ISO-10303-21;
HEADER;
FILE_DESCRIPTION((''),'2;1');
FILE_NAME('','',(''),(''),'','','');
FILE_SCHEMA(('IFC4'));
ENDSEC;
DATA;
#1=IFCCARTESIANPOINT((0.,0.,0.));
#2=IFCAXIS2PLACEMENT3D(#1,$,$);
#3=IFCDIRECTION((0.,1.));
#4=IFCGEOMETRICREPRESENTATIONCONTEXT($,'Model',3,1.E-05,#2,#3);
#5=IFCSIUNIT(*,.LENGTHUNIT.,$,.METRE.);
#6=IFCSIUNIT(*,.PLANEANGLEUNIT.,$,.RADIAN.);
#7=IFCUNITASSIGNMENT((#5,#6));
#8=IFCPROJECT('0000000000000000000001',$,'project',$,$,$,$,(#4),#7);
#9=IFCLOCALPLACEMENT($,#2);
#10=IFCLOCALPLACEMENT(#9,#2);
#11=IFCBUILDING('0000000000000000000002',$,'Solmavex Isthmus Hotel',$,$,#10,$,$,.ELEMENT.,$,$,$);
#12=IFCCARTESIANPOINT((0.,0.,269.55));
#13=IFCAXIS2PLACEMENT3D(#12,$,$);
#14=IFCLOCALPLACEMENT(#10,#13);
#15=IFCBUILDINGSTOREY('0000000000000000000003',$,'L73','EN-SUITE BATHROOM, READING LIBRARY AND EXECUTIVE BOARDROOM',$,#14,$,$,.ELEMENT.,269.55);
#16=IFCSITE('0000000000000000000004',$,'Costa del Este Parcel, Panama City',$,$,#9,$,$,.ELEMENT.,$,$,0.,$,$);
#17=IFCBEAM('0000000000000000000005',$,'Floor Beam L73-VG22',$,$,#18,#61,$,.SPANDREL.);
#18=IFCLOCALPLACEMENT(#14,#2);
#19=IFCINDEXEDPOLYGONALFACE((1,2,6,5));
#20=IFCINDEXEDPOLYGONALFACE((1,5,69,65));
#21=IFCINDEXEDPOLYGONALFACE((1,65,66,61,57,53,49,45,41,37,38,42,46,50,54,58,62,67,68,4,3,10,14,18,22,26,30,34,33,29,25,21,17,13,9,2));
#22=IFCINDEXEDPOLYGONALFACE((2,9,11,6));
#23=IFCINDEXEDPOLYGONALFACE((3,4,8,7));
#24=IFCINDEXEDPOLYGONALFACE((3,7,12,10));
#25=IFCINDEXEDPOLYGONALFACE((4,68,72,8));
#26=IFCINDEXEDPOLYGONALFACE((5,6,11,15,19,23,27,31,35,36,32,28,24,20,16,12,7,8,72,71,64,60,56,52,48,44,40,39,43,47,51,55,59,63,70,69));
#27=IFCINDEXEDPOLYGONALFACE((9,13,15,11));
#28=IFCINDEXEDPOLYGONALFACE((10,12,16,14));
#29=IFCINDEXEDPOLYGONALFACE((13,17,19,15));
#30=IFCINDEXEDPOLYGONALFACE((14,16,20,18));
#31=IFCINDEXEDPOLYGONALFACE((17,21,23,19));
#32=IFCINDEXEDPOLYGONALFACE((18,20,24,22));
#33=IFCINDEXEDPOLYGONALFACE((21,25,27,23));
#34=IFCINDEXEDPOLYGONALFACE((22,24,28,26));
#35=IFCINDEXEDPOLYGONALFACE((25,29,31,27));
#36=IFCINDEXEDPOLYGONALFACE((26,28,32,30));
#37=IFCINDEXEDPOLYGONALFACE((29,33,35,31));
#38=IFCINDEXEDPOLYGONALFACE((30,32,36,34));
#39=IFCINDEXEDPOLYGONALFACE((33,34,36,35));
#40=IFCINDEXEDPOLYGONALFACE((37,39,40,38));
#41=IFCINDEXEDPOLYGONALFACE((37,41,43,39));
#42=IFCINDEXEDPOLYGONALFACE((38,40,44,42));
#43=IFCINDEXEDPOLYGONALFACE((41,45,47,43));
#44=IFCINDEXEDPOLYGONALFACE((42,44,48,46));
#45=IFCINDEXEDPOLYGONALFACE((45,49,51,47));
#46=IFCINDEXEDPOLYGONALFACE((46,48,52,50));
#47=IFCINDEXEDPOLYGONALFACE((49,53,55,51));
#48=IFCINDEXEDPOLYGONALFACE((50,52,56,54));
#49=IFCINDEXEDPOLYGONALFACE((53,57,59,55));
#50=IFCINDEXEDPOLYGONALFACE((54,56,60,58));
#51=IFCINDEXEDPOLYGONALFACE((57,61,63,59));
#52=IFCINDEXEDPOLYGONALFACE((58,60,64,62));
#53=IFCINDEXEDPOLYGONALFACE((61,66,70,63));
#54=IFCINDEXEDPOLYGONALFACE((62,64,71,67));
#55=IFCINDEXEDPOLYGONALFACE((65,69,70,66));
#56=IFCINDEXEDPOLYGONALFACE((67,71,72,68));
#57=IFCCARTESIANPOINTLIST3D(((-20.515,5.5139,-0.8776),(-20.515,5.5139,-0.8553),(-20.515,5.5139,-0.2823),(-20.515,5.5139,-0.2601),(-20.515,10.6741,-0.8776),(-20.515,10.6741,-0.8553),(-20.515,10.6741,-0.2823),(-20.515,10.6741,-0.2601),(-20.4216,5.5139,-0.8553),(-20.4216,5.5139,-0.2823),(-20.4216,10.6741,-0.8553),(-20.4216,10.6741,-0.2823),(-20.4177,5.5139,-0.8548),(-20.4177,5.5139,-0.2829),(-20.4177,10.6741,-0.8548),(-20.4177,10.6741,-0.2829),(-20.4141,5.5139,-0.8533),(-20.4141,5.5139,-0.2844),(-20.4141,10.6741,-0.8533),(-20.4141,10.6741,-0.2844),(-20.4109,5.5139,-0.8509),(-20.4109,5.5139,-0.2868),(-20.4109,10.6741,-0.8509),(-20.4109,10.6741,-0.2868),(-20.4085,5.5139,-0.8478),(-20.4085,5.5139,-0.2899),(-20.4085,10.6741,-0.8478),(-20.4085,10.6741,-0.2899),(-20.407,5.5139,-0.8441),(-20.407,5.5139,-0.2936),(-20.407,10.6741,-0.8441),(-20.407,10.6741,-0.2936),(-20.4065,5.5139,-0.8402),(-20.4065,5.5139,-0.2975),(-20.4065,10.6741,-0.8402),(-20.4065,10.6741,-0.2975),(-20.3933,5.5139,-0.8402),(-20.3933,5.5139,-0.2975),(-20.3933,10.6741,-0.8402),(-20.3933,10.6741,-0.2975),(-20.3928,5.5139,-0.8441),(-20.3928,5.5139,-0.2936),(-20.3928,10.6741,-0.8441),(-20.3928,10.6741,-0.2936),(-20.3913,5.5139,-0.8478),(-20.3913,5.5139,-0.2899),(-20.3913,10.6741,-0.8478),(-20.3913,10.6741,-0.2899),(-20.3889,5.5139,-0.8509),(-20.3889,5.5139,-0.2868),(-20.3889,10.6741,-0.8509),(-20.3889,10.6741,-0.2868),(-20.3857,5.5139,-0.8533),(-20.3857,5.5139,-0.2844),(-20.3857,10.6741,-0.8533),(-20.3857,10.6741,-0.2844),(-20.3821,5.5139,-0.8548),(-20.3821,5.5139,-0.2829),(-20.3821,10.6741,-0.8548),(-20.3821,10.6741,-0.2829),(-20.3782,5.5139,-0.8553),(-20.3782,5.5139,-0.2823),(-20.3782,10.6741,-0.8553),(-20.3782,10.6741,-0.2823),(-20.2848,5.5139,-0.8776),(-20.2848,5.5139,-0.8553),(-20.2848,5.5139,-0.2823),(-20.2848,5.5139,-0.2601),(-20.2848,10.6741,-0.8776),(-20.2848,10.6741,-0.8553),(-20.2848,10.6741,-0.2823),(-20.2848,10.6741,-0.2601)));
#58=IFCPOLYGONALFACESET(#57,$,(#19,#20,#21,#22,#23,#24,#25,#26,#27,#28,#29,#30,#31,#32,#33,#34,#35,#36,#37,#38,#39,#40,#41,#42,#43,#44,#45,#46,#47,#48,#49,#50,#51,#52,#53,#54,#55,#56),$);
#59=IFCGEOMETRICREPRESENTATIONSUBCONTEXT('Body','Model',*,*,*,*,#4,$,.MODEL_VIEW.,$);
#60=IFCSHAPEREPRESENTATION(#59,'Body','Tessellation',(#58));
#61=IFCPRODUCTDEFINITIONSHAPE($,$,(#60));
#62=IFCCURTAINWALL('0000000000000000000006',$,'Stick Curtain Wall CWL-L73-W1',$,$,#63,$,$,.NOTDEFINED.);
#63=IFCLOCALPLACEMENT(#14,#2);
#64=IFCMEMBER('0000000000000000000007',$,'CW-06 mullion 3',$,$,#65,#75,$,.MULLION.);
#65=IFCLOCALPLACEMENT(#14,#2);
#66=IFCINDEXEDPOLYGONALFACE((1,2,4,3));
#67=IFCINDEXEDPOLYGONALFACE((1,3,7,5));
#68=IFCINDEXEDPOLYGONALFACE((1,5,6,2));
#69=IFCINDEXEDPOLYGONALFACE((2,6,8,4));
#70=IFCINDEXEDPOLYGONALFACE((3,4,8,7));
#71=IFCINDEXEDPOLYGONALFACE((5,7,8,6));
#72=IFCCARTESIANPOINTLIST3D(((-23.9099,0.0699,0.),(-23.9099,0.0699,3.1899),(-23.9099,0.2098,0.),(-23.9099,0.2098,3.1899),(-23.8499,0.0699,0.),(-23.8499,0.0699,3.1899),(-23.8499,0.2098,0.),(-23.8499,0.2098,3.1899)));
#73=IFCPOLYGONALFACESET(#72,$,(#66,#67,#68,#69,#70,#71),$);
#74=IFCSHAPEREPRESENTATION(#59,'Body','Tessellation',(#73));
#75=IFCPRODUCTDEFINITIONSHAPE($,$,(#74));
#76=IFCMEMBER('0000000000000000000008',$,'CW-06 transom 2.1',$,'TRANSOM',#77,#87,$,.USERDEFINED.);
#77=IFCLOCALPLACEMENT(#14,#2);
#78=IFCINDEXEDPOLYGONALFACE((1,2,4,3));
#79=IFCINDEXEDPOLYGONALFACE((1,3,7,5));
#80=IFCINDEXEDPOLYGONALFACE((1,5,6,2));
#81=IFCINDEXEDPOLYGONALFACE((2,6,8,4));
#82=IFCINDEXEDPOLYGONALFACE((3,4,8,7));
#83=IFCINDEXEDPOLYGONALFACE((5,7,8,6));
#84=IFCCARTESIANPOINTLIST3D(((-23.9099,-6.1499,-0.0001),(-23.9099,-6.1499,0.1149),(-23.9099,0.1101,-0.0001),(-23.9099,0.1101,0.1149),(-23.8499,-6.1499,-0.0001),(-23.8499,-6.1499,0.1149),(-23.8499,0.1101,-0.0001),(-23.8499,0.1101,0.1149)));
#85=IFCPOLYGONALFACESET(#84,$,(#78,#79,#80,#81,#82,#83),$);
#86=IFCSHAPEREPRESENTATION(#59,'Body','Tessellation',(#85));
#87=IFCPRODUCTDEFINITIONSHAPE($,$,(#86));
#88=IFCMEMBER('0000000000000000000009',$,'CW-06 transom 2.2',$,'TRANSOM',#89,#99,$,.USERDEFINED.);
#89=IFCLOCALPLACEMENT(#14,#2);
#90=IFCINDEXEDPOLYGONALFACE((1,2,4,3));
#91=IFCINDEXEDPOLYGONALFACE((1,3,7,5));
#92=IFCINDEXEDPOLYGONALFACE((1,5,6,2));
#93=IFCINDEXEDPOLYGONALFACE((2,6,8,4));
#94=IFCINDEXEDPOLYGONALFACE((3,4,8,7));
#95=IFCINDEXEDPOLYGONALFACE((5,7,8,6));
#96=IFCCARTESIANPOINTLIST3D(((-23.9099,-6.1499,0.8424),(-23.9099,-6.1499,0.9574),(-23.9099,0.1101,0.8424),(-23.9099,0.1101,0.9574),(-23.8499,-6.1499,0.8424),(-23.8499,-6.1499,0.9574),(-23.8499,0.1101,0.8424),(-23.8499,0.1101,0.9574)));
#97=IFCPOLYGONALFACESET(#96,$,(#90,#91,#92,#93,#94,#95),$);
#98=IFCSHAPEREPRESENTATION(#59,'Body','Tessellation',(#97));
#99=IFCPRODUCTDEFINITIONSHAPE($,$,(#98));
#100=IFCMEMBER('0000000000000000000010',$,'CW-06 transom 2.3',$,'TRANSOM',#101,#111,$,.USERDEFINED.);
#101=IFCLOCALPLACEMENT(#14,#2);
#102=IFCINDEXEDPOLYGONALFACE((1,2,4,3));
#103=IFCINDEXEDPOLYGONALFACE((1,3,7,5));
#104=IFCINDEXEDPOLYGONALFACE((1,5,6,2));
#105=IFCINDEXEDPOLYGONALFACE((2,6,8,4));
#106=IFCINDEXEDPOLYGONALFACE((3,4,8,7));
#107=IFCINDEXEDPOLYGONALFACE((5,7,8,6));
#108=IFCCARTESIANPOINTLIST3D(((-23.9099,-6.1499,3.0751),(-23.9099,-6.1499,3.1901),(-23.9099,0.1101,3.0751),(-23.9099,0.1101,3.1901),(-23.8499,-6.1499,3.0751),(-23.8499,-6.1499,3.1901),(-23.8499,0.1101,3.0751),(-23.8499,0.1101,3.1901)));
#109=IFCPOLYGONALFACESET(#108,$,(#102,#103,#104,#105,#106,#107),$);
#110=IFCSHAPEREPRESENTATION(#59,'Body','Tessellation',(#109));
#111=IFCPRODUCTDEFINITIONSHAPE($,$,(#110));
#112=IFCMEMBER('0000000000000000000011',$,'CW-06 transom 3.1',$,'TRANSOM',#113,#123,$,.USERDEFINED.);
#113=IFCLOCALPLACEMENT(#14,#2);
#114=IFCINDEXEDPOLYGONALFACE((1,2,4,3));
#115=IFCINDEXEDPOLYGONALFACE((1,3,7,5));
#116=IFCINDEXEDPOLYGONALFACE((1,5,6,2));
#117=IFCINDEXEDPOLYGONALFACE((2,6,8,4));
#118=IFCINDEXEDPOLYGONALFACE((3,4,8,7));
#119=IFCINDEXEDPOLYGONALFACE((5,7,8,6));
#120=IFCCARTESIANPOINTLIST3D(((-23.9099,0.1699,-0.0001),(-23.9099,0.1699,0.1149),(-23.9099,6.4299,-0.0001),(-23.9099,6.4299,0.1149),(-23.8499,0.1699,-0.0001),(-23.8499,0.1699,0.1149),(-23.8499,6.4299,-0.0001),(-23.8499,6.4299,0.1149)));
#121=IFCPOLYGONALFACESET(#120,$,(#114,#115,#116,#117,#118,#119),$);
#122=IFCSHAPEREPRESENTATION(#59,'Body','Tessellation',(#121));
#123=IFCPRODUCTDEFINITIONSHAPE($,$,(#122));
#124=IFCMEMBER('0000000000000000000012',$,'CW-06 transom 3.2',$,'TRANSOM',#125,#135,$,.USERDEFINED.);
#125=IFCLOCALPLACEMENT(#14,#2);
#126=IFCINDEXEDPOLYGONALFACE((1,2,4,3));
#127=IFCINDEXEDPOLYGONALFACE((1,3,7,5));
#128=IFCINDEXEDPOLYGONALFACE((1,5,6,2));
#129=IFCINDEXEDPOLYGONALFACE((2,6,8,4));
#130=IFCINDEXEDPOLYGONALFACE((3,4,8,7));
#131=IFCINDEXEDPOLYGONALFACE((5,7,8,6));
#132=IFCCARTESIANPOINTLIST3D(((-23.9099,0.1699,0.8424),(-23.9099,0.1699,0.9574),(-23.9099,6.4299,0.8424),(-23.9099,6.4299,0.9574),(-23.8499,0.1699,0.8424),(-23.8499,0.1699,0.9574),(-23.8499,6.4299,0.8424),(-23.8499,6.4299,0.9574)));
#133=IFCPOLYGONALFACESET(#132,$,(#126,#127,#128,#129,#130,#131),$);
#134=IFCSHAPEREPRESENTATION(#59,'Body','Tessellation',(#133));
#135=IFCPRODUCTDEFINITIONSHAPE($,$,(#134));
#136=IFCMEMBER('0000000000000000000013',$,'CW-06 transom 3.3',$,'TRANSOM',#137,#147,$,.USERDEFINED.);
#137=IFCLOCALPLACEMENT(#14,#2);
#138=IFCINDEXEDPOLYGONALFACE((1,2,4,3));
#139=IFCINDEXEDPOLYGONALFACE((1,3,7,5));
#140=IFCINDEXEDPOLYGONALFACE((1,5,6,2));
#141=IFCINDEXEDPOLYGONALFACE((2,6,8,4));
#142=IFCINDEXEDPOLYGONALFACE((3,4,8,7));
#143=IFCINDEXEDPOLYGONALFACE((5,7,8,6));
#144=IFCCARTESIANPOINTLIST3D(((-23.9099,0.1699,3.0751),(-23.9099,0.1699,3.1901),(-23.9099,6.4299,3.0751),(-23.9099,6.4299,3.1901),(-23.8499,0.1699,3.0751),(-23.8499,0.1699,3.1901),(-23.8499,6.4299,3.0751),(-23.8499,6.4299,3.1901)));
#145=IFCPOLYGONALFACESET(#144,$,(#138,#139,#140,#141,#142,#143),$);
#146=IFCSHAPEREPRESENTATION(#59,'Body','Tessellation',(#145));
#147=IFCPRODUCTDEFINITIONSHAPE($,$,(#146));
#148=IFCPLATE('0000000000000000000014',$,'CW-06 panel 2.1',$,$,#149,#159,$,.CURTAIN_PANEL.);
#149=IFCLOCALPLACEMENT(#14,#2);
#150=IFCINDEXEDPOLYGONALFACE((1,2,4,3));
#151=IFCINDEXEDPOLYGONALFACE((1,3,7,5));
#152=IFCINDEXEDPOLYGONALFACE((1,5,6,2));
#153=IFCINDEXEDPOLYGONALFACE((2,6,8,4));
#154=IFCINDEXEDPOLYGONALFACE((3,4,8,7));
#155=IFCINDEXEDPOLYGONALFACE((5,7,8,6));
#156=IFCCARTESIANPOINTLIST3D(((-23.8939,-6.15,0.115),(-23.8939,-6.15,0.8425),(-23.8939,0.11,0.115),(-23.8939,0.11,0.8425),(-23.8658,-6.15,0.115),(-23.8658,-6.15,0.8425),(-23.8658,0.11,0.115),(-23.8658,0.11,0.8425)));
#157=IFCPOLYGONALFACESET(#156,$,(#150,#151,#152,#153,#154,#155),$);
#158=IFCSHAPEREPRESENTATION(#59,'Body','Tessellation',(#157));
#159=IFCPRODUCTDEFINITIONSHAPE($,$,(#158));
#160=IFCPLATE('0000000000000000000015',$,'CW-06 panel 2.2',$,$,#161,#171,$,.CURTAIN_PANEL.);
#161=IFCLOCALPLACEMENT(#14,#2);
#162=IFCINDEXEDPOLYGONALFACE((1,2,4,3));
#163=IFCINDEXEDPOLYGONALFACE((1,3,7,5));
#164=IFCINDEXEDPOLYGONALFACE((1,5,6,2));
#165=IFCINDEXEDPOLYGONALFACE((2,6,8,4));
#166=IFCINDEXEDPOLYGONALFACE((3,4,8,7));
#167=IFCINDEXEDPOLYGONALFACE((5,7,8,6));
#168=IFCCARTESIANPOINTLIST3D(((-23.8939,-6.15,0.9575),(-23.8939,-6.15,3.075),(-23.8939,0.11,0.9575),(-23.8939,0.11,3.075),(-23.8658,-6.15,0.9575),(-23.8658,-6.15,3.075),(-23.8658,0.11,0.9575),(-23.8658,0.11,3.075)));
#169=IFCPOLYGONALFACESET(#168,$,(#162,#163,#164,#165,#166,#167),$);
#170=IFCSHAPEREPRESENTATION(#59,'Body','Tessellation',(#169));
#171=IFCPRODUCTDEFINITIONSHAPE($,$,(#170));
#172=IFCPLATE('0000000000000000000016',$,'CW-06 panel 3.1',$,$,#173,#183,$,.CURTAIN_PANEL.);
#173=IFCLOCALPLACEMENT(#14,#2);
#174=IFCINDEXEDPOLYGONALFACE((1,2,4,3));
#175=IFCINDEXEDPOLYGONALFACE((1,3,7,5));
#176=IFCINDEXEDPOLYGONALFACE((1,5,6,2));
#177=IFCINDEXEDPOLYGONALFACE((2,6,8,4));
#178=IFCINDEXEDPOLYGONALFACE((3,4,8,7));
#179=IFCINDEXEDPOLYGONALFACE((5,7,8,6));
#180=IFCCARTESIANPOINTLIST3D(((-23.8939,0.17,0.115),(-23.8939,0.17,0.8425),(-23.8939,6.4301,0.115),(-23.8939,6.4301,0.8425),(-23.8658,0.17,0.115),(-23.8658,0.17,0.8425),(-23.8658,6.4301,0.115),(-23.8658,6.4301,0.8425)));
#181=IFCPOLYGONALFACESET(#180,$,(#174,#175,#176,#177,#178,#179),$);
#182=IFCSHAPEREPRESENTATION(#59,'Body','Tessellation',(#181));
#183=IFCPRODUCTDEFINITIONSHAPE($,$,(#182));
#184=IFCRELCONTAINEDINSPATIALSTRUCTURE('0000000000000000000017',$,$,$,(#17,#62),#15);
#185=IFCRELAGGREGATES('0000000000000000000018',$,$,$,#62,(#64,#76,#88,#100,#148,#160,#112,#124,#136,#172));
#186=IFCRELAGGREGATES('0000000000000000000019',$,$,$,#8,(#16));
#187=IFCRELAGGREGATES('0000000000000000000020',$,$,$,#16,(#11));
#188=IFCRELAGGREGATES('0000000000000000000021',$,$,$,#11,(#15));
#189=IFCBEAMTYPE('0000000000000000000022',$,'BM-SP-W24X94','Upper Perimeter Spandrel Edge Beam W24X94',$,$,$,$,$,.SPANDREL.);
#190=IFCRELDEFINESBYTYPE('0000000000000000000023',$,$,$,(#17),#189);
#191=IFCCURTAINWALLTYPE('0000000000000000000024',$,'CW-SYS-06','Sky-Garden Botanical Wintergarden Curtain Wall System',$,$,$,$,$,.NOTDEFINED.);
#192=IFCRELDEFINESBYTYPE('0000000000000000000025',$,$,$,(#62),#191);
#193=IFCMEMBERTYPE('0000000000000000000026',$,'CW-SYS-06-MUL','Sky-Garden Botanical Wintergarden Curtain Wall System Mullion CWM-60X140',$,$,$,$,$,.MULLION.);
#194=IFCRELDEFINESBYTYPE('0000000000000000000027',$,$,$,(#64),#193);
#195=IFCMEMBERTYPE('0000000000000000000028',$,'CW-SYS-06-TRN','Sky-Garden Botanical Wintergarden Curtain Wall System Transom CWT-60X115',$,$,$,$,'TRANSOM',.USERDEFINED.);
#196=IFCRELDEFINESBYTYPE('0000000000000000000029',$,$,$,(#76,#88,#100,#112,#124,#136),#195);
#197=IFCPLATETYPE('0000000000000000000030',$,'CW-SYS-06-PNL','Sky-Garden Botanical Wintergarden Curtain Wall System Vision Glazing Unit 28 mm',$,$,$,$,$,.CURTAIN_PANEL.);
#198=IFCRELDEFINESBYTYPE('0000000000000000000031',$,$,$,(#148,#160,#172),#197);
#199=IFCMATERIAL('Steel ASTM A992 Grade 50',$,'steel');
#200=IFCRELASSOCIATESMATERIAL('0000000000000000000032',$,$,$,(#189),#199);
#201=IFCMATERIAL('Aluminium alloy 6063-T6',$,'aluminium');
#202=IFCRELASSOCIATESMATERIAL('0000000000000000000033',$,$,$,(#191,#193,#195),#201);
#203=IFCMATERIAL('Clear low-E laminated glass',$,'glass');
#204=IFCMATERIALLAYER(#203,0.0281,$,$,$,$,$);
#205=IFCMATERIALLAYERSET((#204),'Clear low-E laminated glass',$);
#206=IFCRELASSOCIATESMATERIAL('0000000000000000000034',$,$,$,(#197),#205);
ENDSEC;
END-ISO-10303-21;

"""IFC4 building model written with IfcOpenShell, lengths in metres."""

from ifc_helpers import new_model, si_unit, direction, frame, origin, origin_2d, place, context, subcontext, project, spatial, rectangle, i_section, extrude, material, layer, layer_set, material_profile, profile_set, type_object, element, aggregate, save


model = new_model("IFC4")

# Units and contexts
model_context = context("Model", 3, precision=1e-05, world=origin(), true_north=direction((0.0, 1.0)))
body_context = subcontext(model_context, "Body", "Model", "MODEL_VIEW")
ifc_project = project(units=[si_unit("LENGTHUNIT", "METRE"), si_unit("PLANEANGLEUNIT", "RADIAN")], contexts=[model_context])

# Site, building, storey
site_placement = place(None, origin())
site = spatial("IfcSite", under=ifc_project, at=site_placement, Name="Costa del Este Parcel, Panama City", CompositionType="ELEMENT", RefElevation=0.0)
building_placement = place(site_placement, origin())
building = spatial("IfcBuilding", under=site, at=building_placement, Name="Solmavex Isthmus Hotel", CompositionType="ELEMENT")
storey_placement = place(building_placement, frame((0.0, 0.0, 269.55)))
storey = spatial("IfcBuildingStorey", under=building, at=storey_placement, Name="L73", Description="EN-SUITE BATHROOM, READING LIBRARY AND EXECUTIVE BOARDROOM", CompositionType="ELEMENT", Elevation=269.55)

# Beam
ifc_material_1 = material(Name="Steel ASTM A992 Grade 50", Category="steel")
ifc_material_profile_1 = material_profile(ifc_material_1, i_section(OverallWidth=0.2302, OverallDepth=0.6174, WebThickness=0.0132, FlangeThickness=0.0222, FilletRadius=0.0151, at=origin_2d()), Name="W24X94")
ifc_profile_set_1 = profile_set([ifc_material_profile_1], Name="Steel ASTM A992 Grade 50")
beam_type_1 = type_object("IfcBeamType", Name="BM-SP-W24X94", Description="Upper Perimeter Spandrel Edge Beam W24X94", PredefinedType="SPANDREL", material=ifc_profile_set_1)
beam_1_placement = place(storey_placement, frame((-20.3999, 5.5139, -0.5688), z_axis=(0.0, 1.0, 0.0), x_axis=(-1.0, 0.0, 0.0)))
element("IfcBeam", 1, at=beam_1_placement, inside=storey, type_object=beam_type_1, Name="Floor Beam L73-VG22", PredefinedType="SPANDREL", context=body_context, shape_type="SweptSolid", body=[
    extrude(i_section(OverallWidth=0.2302, OverallDepth=0.6174, WebThickness=0.0132, FlangeThickness=0.0222, FilletRadius=0.0151, at=origin_2d()), origin(), (0.0, 0.0, 1.0), 5.1602),
])

# Curtain wall, members, plates
ifc_material_2 = material(Name="Aluminium alloy 6063-T6", Category="aluminium")
curtain_wall_type = type_object("IfcCurtainWallType", Name="CW-SYS-06", Description="Sky-Garden Botanical Wintergarden Curtain Wall System", PredefinedType="NOTDEFINED", material=ifc_material_2)
curtain_wall_placement = place(storey_placement, origin())
curtain_wall = element("IfcCurtainWall", 2, at=curtain_wall_placement, inside=storey, type_object=curtain_wall_type, Name="Stick Curtain Wall CWL-L73-W1", PredefinedType="NOTDEFINED")
ifc_material_profile_2 = material_profile(ifc_material_2, rectangle(XDim=0.0601, YDim=0.1399, at=origin_2d()), Name="CWM-60X140")
ifc_profile_set_2 = profile_set([ifc_material_profile_2], Name="Aluminium alloy 6063-T6")
member_type_1 = type_object("IfcMemberType", Name="CW-SYS-06-MUL", Description="Sky-Garden Botanical Wintergarden Curtain Wall System Mullion CWM-60X140", PredefinedType="MULLION", material=ifc_profile_set_2)
member_1_placement = place(storey_placement, frame((-23.8799, 0.1399, 0.0), z_axis=(0.0, 0.0, 1.0), x_axis=(-1.0, 0.0, 0.0)))
member_1 = element("IfcMember", 3, at=member_1_placement, type_object=member_type_1, Name="CW-06 mullion 3", PredefinedType="MULLION", context=body_context, shape_type="SweptSolid", body=[
    extrude(rectangle(XDim=0.0601, YDim=0.1399, at=origin_2d()), origin(), (0.0, 0.0, 1.0), 3.1899),
])
ifc_material_profile_3 = material_profile(ifc_material_2, rectangle(XDim=0.0601, YDim=0.115, at=origin_2d()), Name="CWT-60X115")
ifc_profile_set_3 = profile_set([ifc_material_profile_3], Name="Aluminium alloy 6063-T6")
member_type_2 = type_object("IfcMemberType", Name="CW-SYS-06-TRN", Description="Sky-Garden Botanical Wintergarden Curtain Wall System Transom CWT-60X115", ElementType="TRANSOM", PredefinedType="USERDEFINED", material=ifc_profile_set_3)
member_2_placement = place(storey_placement, frame((-23.8799, -6.1499, 0.0574), z_axis=(0.0, 1.0, 0.0), x_axis=(-1.0, 0.0, 0.0)))
member_2 = element("IfcMember", 4, at=member_2_placement, type_object=member_type_2, Name="CW-06 transom 2.1", ObjectType="TRANSOM", PredefinedType="USERDEFINED", context=body_context, shape_type="SweptSolid", body=[
    extrude(rectangle(XDim=0.0601, YDim=0.115, at=origin_2d()), origin(), (0.0, 0.0, 1.0), 6.26),
])
member_3_placement = place(storey_placement, frame((-23.8799, -6.1499, 0.8999), z_axis=(0.0, 1.0, 0.0), x_axis=(-1.0, 0.0, 0.0)))
member_3 = element("IfcMember", 5, at=member_3_placement, type_object=member_type_2, Name="CW-06 transom 2.2", ObjectType="TRANSOM", PredefinedType="USERDEFINED", context=body_context, shape_type="SweptSolid", body=[
    extrude(rectangle(XDim=0.0601, YDim=0.115, at=origin_2d()), origin(), (0.0, 0.0, 1.0), 6.26),
])
member_4_placement = place(storey_placement, frame((-23.8799, -6.1499, 3.1326), z_axis=(0.0, 1.0, 0.0), x_axis=(-1.0, 0.0, 0.0)))
member_4 = element("IfcMember", 6, at=member_4_placement, type_object=member_type_2, Name="CW-06 transom 2.3", ObjectType="TRANSOM", PredefinedType="USERDEFINED", context=body_context, shape_type="SweptSolid", body=[
    extrude(rectangle(XDim=0.0601, YDim=0.115, at=origin_2d()), origin(), (0.0, 0.0, 1.0), 6.26),
])
member_5_placement = place(storey_placement, frame((-23.8799, 0.1699, 0.0574), z_axis=(0.0, 1.0, 0.0), x_axis=(-1.0, 0.0, 0.0)))
member_5 = element("IfcMember", 7, at=member_5_placement, type_object=member_type_2, Name="CW-06 transom 3.1", ObjectType="TRANSOM", PredefinedType="USERDEFINED", context=body_context, shape_type="SweptSolid", body=[
    extrude(rectangle(XDim=0.0601, YDim=0.115, at=origin_2d()), origin(), (0.0, 0.0, 1.0), 6.26),
])
member_6_placement = place(storey_placement, frame((-23.8799, 0.1699, 0.8999), z_axis=(0.0, 1.0, 0.0), x_axis=(-1.0, 0.0, 0.0)))
member_6 = element("IfcMember", 8, at=member_6_placement, type_object=member_type_2, Name="CW-06 transom 3.2", ObjectType="TRANSOM", PredefinedType="USERDEFINED", context=body_context, shape_type="SweptSolid", body=[
    extrude(rectangle(XDim=0.0601, YDim=0.115, at=origin_2d()), origin(), (0.0, 0.0, 1.0), 6.26),
])
member_7_placement = place(storey_placement, frame((-23.8799, 0.1699, 3.1326), z_axis=(0.0, 1.0, 0.0), x_axis=(-1.0, 0.0, 0.0)))
member_7 = element("IfcMember", 9, at=member_7_placement, type_object=member_type_2, Name="CW-06 transom 3.3", ObjectType="TRANSOM", PredefinedType="USERDEFINED", context=body_context, shape_type="SweptSolid", body=[
    extrude(rectangle(XDim=0.0601, YDim=0.115, at=origin_2d()), origin(), (0.0, 0.0, 1.0), 6.26),
])
ifc_material_3 = material(Name="Clear low-E laminated glass", Category="glass")
ifc_layer_1 = layer(ifc_material_3, 0.0281)
ifc_layer_set_1 = layer_set([ifc_layer_1], Name="Clear low-E laminated glass")
plate_type = type_object("IfcPlateType", Name="CW-SYS-06-PNL", Description="Sky-Garden Botanical Wintergarden Curtain Wall System Vision Glazing Unit 28 mm", PredefinedType="CURTAIN_PANEL", material=ifc_layer_set_1)
plate_1_placement = place(storey_placement, frame((-23.8799, -3.02, 0.115), z_axis=(0.0, 0.0, 1.0), x_axis=(0.0, 1.0, 0.0)))
plate_1 = element("IfcPlate", 10, at=plate_1_placement, type_object=plate_type, Name="CW-06 panel 2.1", PredefinedType="CURTAIN_PANEL", context=body_context, shape_type="SweptSolid", body=[
    extrude(rectangle(XDim=6.26, YDim=0.0281, at=origin_2d()), origin(), (0.0, 0.0, 1.0), 0.7275),
])
plate_2_placement = place(storey_placement, frame((-23.8799, -3.02, 0.9575), z_axis=(0.0, 0.0, 1.0), x_axis=(0.0, 1.0, 0.0)))
plate_2 = element("IfcPlate", 11, at=plate_2_placement, type_object=plate_type, Name="CW-06 panel 2.2", PredefinedType="CURTAIN_PANEL", context=body_context, shape_type="SweptSolid", body=[
    extrude(rectangle(XDim=6.26, YDim=0.0281, at=origin_2d()), origin(), (0.0, 0.0, 1.0), 2.1174),
])
plate_3_placement = place(storey_placement, frame((-23.8799, 3.3, 0.115), z_axis=(0.0, 0.0, 1.0), x_axis=(0.0, 1.0, 0.0)))
plate_3 = element("IfcPlate", 12, at=plate_3_placement, type_object=plate_type, Name="CW-06 panel 3.1", PredefinedType="CURTAIN_PANEL", context=body_context, shape_type="SweptSolid", body=[
    extrude(rectangle(XDim=6.26, YDim=0.0281, at=origin_2d()), origin(), (0.0, 0.0, 1.0), 0.7275),
])
aggregate(curtain_wall, [member_1, member_2, member_3, member_4, plate_1, plate_2, member_5, member_6, member_7, plate_3])

save(model, "model.ifc")
